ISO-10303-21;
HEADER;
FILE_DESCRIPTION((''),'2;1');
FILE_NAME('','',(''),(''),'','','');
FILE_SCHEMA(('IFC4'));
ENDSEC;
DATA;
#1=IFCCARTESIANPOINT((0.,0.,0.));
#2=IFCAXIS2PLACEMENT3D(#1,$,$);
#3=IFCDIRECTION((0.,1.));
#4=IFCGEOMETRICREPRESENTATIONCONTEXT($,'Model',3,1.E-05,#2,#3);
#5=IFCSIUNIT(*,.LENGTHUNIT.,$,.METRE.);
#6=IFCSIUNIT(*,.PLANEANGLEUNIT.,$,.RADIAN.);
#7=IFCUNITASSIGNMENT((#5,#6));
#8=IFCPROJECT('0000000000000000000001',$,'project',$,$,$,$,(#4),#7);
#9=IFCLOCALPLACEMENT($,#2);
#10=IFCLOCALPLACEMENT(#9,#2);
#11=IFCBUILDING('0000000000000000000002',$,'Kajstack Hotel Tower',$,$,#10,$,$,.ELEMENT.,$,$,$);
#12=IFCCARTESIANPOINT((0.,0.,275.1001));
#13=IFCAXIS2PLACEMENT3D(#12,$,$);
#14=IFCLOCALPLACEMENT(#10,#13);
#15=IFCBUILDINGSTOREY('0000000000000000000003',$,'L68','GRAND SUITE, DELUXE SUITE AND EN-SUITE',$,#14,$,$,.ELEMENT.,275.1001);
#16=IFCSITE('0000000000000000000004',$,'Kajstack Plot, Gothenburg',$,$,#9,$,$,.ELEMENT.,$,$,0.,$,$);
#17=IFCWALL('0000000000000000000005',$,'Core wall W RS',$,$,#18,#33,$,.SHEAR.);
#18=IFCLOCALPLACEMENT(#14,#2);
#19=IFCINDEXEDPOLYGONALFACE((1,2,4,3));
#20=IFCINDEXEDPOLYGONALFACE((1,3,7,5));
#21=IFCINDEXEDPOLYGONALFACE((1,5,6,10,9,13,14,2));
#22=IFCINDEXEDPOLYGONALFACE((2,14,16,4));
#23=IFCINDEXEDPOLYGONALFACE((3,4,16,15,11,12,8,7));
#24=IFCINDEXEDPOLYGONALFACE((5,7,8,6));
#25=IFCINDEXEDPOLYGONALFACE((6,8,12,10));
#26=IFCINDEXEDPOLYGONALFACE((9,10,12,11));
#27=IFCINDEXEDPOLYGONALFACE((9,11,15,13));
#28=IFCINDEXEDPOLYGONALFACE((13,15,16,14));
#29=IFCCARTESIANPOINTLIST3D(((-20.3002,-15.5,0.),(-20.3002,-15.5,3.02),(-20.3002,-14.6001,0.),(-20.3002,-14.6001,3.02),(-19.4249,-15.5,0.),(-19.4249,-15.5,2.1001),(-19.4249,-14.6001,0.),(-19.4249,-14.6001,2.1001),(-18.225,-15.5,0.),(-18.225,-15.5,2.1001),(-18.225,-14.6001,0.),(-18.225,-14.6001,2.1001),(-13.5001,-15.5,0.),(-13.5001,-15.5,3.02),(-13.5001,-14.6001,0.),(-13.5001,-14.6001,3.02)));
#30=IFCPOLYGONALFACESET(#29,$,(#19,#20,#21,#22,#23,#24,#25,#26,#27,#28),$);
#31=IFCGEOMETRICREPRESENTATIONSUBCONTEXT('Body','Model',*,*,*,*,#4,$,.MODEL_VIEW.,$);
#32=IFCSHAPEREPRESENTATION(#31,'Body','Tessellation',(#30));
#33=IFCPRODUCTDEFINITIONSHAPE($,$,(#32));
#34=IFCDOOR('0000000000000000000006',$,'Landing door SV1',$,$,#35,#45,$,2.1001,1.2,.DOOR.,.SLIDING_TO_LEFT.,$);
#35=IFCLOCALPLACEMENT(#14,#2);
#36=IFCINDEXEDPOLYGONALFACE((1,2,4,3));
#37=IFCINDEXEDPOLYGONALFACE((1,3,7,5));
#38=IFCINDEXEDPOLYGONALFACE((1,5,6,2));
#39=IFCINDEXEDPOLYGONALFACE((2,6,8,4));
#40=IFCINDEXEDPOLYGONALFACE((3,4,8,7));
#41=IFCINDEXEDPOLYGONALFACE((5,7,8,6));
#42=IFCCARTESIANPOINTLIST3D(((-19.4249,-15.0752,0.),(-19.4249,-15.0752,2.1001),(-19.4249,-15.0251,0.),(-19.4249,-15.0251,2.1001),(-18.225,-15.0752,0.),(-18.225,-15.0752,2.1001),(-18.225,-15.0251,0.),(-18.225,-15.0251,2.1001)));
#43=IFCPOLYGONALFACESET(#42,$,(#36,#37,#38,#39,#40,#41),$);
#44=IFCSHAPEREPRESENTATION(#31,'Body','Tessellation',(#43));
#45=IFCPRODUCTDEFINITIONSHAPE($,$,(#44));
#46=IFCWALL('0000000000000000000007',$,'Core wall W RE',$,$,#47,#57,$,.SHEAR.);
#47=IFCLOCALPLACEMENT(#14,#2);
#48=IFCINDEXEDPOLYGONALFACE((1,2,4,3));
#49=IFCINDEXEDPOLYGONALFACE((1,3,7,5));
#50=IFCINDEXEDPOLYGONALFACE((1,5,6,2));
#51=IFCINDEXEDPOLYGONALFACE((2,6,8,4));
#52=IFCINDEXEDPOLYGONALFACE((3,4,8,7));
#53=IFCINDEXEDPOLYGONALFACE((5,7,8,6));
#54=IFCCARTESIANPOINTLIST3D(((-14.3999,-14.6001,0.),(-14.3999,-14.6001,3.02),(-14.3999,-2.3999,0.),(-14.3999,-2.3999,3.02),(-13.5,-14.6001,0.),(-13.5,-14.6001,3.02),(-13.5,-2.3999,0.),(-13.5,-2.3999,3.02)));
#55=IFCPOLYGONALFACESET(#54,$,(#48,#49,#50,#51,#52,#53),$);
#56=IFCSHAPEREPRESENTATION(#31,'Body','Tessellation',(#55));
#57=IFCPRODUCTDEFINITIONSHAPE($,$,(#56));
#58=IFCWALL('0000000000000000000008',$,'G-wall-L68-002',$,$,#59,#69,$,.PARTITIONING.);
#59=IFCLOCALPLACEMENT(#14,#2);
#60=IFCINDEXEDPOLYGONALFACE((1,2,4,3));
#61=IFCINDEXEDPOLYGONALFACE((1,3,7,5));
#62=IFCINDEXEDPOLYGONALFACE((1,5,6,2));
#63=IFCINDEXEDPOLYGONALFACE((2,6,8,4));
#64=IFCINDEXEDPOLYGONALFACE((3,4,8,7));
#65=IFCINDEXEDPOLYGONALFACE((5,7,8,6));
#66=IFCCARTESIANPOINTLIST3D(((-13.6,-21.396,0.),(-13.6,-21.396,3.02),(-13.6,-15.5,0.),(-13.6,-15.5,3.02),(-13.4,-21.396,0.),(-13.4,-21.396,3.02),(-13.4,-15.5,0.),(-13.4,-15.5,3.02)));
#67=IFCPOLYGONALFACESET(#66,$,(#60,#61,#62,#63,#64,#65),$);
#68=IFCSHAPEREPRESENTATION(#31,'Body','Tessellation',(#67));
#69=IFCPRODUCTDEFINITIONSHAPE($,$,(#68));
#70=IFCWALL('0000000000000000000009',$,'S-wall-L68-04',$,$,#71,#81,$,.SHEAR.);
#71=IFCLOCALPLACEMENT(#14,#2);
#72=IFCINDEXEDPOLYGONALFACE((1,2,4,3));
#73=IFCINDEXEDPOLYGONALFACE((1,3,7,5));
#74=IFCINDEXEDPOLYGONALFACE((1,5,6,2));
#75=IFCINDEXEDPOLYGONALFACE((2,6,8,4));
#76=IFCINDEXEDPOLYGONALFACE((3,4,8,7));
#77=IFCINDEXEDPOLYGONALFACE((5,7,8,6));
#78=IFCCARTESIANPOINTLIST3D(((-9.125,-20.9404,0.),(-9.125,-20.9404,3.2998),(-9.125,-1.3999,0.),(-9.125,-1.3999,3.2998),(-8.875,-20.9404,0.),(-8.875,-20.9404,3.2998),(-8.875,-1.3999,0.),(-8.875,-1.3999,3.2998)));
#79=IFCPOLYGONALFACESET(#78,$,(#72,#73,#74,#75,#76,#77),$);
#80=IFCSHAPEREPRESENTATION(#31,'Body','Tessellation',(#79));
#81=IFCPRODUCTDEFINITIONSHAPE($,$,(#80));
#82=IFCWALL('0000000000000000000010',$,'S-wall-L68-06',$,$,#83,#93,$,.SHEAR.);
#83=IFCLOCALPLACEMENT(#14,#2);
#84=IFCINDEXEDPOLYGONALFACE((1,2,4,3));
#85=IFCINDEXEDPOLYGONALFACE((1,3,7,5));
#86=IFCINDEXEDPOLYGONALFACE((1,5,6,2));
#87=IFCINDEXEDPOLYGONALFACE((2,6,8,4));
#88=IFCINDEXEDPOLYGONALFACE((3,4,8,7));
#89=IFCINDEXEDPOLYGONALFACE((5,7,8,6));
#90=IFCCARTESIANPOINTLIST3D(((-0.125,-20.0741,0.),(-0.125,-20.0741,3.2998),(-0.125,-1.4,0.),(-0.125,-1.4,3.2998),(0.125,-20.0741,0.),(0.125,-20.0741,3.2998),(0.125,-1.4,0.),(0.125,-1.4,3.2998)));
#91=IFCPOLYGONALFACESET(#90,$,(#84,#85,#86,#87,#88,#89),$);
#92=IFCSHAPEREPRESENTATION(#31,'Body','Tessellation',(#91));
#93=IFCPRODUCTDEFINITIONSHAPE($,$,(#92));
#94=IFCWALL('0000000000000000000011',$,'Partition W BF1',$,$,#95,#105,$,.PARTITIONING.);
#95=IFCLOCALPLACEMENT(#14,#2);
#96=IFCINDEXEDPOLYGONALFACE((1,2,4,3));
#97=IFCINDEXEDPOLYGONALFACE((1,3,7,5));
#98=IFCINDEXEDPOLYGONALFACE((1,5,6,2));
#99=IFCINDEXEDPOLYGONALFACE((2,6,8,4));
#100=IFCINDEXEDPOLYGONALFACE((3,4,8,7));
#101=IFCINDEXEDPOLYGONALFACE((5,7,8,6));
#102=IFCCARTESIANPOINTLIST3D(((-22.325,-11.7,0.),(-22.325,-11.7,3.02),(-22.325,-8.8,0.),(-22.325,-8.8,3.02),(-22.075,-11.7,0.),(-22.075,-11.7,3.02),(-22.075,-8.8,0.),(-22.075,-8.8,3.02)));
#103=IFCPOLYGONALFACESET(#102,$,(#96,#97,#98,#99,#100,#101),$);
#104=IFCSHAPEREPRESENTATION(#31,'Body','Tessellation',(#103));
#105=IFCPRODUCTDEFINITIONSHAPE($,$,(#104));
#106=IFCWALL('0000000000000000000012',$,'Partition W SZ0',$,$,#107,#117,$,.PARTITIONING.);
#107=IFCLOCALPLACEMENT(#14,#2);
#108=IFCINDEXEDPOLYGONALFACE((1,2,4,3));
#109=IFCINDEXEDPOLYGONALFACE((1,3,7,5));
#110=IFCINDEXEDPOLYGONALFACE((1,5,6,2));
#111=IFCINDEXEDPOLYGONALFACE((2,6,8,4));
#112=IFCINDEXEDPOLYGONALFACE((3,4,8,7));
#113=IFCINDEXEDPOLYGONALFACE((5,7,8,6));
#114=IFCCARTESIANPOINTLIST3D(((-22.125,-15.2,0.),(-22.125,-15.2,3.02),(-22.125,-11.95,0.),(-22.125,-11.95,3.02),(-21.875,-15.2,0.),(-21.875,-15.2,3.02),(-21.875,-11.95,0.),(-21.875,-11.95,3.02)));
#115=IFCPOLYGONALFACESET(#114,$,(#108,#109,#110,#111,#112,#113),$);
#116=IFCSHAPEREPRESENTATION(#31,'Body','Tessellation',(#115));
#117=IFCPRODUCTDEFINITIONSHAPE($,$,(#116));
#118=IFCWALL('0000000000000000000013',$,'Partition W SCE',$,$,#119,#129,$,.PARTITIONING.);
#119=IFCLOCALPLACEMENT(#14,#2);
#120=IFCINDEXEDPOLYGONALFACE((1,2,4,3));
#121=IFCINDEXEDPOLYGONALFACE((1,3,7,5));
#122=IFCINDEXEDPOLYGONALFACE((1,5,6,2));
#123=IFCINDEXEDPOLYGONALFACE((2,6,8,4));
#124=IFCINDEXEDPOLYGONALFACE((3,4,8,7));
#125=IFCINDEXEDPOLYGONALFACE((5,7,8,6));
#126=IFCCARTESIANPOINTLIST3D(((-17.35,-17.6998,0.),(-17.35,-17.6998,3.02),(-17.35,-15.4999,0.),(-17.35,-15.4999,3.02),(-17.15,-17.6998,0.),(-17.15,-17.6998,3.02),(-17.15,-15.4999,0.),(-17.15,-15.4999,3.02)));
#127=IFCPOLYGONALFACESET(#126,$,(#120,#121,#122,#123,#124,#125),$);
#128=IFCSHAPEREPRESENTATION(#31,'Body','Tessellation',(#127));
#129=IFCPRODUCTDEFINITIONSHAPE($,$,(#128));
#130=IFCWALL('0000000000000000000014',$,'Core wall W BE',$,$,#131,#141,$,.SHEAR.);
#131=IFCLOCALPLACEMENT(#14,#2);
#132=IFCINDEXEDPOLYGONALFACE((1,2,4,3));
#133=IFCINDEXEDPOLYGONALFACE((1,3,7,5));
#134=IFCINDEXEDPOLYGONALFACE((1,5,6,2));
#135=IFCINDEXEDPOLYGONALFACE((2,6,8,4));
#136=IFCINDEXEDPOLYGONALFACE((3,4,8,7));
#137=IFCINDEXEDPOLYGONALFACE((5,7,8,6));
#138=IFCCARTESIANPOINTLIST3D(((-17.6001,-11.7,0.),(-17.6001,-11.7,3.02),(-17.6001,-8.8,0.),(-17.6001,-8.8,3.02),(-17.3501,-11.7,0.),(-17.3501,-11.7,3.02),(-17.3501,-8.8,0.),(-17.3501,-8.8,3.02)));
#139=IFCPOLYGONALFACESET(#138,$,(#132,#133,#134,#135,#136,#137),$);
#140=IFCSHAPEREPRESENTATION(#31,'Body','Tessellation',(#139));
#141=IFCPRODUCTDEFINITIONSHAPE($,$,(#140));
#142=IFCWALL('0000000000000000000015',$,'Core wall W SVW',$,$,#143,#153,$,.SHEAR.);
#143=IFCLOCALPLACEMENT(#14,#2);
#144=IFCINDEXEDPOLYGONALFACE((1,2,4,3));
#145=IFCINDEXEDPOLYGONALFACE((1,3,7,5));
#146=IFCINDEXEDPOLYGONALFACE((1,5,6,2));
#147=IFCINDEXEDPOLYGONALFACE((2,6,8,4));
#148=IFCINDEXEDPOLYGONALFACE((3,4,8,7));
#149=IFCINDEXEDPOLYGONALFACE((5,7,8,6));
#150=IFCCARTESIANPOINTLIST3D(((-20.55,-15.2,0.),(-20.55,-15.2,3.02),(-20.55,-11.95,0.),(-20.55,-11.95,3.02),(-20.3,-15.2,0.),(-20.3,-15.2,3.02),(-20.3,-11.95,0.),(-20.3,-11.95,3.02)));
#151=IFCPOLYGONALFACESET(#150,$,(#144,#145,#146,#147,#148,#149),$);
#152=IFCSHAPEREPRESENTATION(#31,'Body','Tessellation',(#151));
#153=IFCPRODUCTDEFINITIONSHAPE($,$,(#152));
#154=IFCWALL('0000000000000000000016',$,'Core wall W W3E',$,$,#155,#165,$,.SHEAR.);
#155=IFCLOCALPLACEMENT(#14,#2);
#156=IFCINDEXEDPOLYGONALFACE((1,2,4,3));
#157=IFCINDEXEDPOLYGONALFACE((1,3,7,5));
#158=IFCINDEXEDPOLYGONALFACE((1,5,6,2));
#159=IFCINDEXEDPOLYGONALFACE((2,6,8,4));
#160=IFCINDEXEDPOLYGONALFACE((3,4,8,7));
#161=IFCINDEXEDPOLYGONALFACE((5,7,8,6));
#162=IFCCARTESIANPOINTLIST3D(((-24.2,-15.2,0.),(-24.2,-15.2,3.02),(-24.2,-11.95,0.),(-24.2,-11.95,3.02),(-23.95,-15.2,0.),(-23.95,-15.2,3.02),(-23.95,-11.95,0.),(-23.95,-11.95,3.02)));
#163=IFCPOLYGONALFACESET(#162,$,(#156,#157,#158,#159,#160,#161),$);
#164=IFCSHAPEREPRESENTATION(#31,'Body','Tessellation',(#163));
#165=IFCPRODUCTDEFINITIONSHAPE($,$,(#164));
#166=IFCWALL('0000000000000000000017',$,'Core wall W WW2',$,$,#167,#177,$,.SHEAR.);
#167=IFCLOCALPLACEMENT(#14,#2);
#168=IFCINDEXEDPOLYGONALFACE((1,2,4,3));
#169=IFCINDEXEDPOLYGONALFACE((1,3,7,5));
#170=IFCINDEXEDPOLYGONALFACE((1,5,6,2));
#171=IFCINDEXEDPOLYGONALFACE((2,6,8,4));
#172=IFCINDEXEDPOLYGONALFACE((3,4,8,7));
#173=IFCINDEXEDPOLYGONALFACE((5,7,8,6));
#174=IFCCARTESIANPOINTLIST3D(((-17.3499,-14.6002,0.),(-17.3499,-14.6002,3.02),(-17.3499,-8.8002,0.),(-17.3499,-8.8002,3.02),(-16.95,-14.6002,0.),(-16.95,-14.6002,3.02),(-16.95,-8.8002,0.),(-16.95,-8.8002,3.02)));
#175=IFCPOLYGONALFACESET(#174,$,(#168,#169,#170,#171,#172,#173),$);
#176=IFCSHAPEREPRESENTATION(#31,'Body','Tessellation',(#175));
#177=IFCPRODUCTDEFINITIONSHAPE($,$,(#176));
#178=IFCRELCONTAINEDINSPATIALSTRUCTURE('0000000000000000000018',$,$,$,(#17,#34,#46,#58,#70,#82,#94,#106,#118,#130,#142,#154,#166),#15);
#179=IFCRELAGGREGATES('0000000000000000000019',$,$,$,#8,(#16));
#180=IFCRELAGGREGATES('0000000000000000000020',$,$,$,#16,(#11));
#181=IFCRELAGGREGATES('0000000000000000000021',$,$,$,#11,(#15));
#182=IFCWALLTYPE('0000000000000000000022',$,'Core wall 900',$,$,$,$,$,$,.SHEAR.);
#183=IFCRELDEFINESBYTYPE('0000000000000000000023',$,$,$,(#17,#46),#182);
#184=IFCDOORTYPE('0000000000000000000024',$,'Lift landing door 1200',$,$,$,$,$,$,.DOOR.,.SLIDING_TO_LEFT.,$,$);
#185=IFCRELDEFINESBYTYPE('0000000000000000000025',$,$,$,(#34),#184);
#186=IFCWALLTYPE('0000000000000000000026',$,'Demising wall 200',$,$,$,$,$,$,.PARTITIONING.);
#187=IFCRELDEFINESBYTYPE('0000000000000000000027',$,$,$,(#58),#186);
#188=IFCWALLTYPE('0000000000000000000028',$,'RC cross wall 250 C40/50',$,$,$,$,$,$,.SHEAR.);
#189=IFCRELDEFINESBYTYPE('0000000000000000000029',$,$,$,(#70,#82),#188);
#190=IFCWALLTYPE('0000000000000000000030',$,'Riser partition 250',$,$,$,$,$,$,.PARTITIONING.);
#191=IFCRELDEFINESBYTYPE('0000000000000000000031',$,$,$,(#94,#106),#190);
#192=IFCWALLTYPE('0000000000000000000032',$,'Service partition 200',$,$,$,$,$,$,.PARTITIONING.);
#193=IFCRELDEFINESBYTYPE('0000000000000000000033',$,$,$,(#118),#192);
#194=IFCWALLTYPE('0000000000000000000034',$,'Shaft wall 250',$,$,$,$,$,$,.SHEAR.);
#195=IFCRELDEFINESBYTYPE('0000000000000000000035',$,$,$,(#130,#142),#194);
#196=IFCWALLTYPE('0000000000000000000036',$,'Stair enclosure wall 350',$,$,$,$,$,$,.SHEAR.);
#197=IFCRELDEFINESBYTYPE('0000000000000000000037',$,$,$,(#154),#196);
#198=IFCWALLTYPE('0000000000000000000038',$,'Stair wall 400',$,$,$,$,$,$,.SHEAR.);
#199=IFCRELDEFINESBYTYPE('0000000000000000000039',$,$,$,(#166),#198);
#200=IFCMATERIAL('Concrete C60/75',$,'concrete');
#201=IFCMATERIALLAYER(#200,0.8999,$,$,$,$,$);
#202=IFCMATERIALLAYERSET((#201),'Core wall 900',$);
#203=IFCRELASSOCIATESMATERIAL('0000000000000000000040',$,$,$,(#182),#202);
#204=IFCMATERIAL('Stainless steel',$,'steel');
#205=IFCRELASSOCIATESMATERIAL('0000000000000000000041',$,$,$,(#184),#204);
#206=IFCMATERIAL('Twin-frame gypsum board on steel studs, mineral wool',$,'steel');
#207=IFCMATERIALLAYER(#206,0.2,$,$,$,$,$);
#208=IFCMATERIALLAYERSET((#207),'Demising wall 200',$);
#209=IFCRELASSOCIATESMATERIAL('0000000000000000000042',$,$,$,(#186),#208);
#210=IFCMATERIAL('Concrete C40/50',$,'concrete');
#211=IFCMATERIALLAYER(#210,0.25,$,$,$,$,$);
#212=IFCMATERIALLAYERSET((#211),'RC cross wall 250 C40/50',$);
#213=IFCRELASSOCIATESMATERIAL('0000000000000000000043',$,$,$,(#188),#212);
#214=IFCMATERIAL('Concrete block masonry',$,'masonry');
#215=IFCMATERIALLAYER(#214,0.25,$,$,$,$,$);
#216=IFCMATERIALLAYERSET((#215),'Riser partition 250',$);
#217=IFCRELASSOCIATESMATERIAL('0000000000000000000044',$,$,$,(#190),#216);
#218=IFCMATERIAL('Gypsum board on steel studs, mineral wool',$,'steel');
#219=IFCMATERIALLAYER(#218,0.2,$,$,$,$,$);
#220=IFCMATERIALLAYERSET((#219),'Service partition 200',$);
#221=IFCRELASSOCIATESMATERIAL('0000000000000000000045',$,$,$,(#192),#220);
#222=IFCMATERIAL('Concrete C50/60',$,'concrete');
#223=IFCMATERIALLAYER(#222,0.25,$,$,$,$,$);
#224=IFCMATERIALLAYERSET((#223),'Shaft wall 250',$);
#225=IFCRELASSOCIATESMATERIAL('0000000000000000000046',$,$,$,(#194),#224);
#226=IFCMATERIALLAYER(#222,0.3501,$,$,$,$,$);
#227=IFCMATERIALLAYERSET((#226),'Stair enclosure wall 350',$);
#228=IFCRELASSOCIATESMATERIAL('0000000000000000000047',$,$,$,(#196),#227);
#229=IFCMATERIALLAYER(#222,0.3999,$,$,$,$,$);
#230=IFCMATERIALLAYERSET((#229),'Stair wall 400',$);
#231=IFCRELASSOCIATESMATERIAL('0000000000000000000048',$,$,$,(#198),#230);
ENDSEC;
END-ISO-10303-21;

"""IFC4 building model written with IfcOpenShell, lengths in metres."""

from ifc_helpers import new_model, si_unit, direction, frame, frame_2d, origin, place, context, subcontext, project, spatial, rectangle, extrude, material, layer, layer_set, type_object, element, fill, save


model = new_model("IFC4")

# Units and contexts
model_context = context("Model", 3, precision=1e-05, world=origin(), true_north=direction((0.0, 1.0)))
body_context = subcontext(model_context, "Body", "Model", "MODEL_VIEW")
ifc_project = project(units=[si_unit("LENGTHUNIT", "METRE"), si_unit("PLANEANGLEUNIT", "RADIAN")], contexts=[model_context])

# Site, building, storey
site_placement = place(None, origin())
site = spatial("IfcSite", under=ifc_project, at=site_placement, Name="Kajstack Plot, Gothenburg", CompositionType="ELEMENT", RefElevation=0.0)
building_placement = place(site_placement, origin())
building = spatial("IfcBuilding", under=site, at=building_placement, Name="Kajstack Hotel Tower", CompositionType="ELEMENT")
storey_placement = place(building_placement, frame((0.0, 0.0, 275.1001)))
storey = spatial("IfcBuildingStorey", under=building, at=storey_placement, Name="L68", Description="GRAND SUITE, DELUXE SUITE AND EN-SUITE", CompositionType="ELEMENT", Elevation=275.1001)

# Wall, opening, door
ifc_material_1 = material(Name="Concrete C60/75", Category="concrete")
ifc_layer_1 = layer(ifc_material_1, 0.8999)
ifc_layer_set_1 = layer_set([ifc_layer_1], Name="Core wall 900")
wall_type_1 = type_object("IfcWallType", Name="Core wall 900", PredefinedType="SHEAR", material=ifc_layer_set_1)
wall_1_placement = place(storey_placement, frame((-20.3, -15.05, 0.0), z_axis=(0.0, 0.0, 1.0), x_axis=(1.0, 0.0, 0.0)))
wall_1 = element("IfcWall", 1, at=wall_1_placement, inside=storey, type_object=wall_type_1, Name="Core wall W RS", PredefinedType="SHEAR", context=body_context, shape_type="SweptSolid", body=[
    extrude(rectangle(XDim=6.8, YDim=0.8999, at=frame_2d((3.3999, 0.0))), origin(), (0.0, 0.0, 1.0), 3.02),
])
opening_1_placement = place(wall_1_placement, frame((0.875, 0.0, 0.0)))
opening_1 = element("IfcOpeningElement", 2, at=opening_1_placement, cuts=wall_1, PredefinedType="OPENING", context=body_context, shape_type="SweptSolid", body=[
    extrude(rectangle(XDim=1.2, YDim=2.1001, at=frame_2d((0.6001, 1.05))), frame((0.0, 0.46, 0.0), z_axis=(0.0, -1.0, 0.0), x_axis=(1.0, 0.0, 0.0)), (0.0, 0.0, 1.0), 0.9199),
])
ifc_material_2 = material(Name="Stainless steel", Category="steel")
door_type = type_object("IfcDoorType", Name="Lift landing door 1200", OperationType="SLIDING_TO_LEFT", PredefinedType="DOOR", material=ifc_material_2)
door_placement = place(opening_1_placement, origin())
door = element("IfcDoor", 3, at=door_placement, inside=storey, type_object=door_type, Name="Landing door SV1", OperationType="SLIDING_TO_LEFT", OverallHeight=2.1001, OverallWidth=1.2, PredefinedType="DOOR", context=body_context, shape_type="SweptSolid", body=[
    extrude(rectangle(XDim=1.2, YDim=2.1001, at=frame_2d((0.6001, 1.05))), frame((0.0, 0.0249, 0.0), z_axis=(0.0, -1.0, 0.0), x_axis=(1.0, 0.0, 0.0)), (0.0, 0.0, 1.0), 0.05),
])
fill(opening_1, door)

# Walls
wall_2_placement = place(storey_placement, frame((-13.95, -14.6001, 0.0), z_axis=(0.0, 0.0, 1.0), x_axis=(0.0, 1.0, 0.0)))
element("IfcWall", 4, at=wall_2_placement, inside=storey, type_object=wall_type_1, Name="Core wall W RE", PredefinedType="SHEAR", context=body_context, shape_type="SweptSolid", body=[
    extrude(rectangle(XDim=12.2002, YDim=0.8999, at=frame_2d((6.1001, 0.0))), origin(), (0.0, 0.0, 1.0), 3.02),
])
ifc_material_3 = material(Name="Twin-frame gypsum board on steel studs, mineral wool", Category="steel")
ifc_layer_2 = layer(ifc_material_3, 0.2)
ifc_layer_set_2 = layer_set([ifc_layer_2], Name="Demising wall 200")
wall_type_2 = type_object("IfcWallType", Name="Demising wall 200", PredefinedType="PARTITIONING", material=ifc_layer_set_2)
wall_3_placement = place(storey_placement, frame((-13.5, -21.396, 0.0), z_axis=(0.0, 0.0, 1.0), x_axis=(0.0, 1.0, 0.0)))
element("IfcWall", 5, at=wall_3_placement, inside=storey, type_object=wall_type_2, Name="G-wall-L68-002", PredefinedType="PARTITIONING", context=body_context, shape_type="SweptSolid", body=[
    extrude(rectangle(XDim=5.896, YDim=0.2, at=frame_2d((2.948, 0.0))), origin(), (0.0, 0.0, 1.0), 3.02),
])

# Walls
ifc_material_4 = material(Name="Concrete C40/50", Category="concrete")
ifc_layer_3 = layer(ifc_material_4, 0.25)
ifc_layer_set_3 = layer_set([ifc_layer_3], Name="RC cross wall 250 C40/50")
wall_type_3 = type_object("IfcWallType", Name="RC cross wall 250 C40/50", PredefinedType="SHEAR", material=ifc_layer_set_3)
wall_4_placement = place(storey_placement, frame((-9.0, -20.9404, 0.0), z_axis=(0.0, 0.0, 1.0), x_axis=(0.0, 1.0, 0.0)))
element("IfcWall", 6, at=wall_4_placement, inside=storey, type_object=wall_type_3, Name="S-wall-L68-04", PredefinedType="SHEAR", context=body_context, shape_type="SweptSolid", body=[
    extrude(rectangle(XDim=19.5405, YDim=0.25, at=frame_2d((9.7703, 0.0))), origin(), (0.0, 0.0, 1.0), 3.2998),
])
wall_5_placement = place(storey_placement, frame((0.0, -20.074, 0.0), z_axis=(0.0, 0.0, 1.0), x_axis=(0.0, 1.0, 0.0)))
element("IfcWall", 7, at=wall_5_placement, inside=storey, type_object=wall_type_3, Name="S-wall-L68-06", PredefinedType="SHEAR", context=body_context, shape_type="SweptSolid", body=[
    extrude(rectangle(XDim=18.6741, YDim=0.25, at=frame_2d((9.3369, 0.0))), origin(), (0.0, 0.0, 1.0), 3.2998),
])
ifc_material_5 = material(Name="Concrete block masonry", Category="masonry")
ifc_layer_4 = layer(ifc_material_5, 0.25)
ifc_layer_set_4 = layer_set([ifc_layer_4], Name="Riser partition 250")
wall_type_4 = type_object("IfcWallType", Name="Riser partition 250", PredefinedType="PARTITIONING", material=ifc_layer_set_4)
wall_6_placement = place(storey_placement, frame((-22.2, -11.7, 0.0), z_axis=(0.0, 0.0, 1.0), x_axis=(0.0, 1.0, 0.0)))
element("IfcWall", 8, at=wall_6_placement, inside=storey, type_object=wall_type_4, Name="Partition W BF1", PredefinedType="PARTITIONING", context=body_context, shape_type="SweptSolid", body=[
    extrude(rectangle(XDim=2.8999, YDim=0.25, at=frame_2d((1.45, 0.0))), origin(), (0.0, 0.0, 1.0), 3.02),
])
wall_7_placement = place(storey_placement, frame((-22.0, -15.2, 0.0), z_axis=(0.0, 0.0, 1.0), x_axis=(0.0, 1.0, 0.0)))
element("IfcWall", 9, at=wall_7_placement, inside=storey, type_object=wall_type_4, Name="Partition W SZ0", PredefinedType="PARTITIONING", context=body_context, shape_type="SweptSolid", body=[
    extrude(rectangle(XDim=3.25, YDim=0.25, at=frame_2d((1.625, 0.0))), origin(), (0.0, 0.0, 1.0), 3.02),
])
ifc_material_6 = material(Name="Gypsum board on steel studs, mineral wool", Category="steel")
ifc_layer_5 = layer(ifc_material_6, 0.2)
ifc_layer_set_5 = layer_set([ifc_layer_5], Name="Service partition 200")
wall_type_5 = type_object("IfcWallType", Name="Service partition 200", PredefinedType="PARTITIONING", material=ifc_layer_set_5)
wall_8_placement = place(storey_placement, frame((-17.25, -17.7, 0.0), z_axis=(0.0, 0.0, 1.0), x_axis=(0.0, 1.0, 0.0)))
element("IfcWall", 10, at=wall_8_placement, inside=storey, type_object=wall_type_5, Name="Partition W SCE", PredefinedType="PARTITIONING", context=body_context, shape_type="SweptSolid", body=[
    extrude(rectangle(XDim=2.2, YDim=0.2, at=frame_2d((1.1001, 0.0))), origin(), (0.0, 0.0, 1.0), 3.02),
])
ifc_material_7 = material(Name="Concrete C50/60", Category="concrete")
ifc_layer_6 = layer(ifc_material_7, 0.25)
ifc_layer_set_6 = layer_set([ifc_layer_6], Name="Shaft wall 250")
wall_type_6 = type_object("IfcWallType", Name="Shaft wall 250", PredefinedType="SHEAR", material=ifc_layer_set_6)
wall_9_placement = place(storey_placement, frame((-17.4751, -11.7, 0.0), z_axis=(0.0, 0.0, 1.0), x_axis=(0.0, 1.0, 0.0)))
element("IfcWall", 11, at=wall_9_placement, inside=storey, type_object=wall_type_6, Name="Core wall W BE", PredefinedType="SHEAR", context=body_context, shape_type="SweptSolid", body=[
    extrude(rectangle(XDim=2.8999, YDim=0.25, at=frame_2d((1.45, 0.0))), origin(), (0.0, 0.0, 1.0), 3.02),
])
wall_10_placement = place(storey_placement, frame((-20.425, -15.2, 0.0), z_axis=(0.0, 0.0, 1.0), x_axis=(0.0, 1.0, 0.0)))
element("IfcWall", 12, at=wall_10_placement, inside=storey, type_object=wall_type_6, Name="Core wall W SVW", PredefinedType="SHEAR", context=body_context, shape_type="SweptSolid", body=[
    extrude(rectangle(XDim=3.25, YDim=0.25, at=frame_2d((1.625, 0.0))), origin(), (0.0, 0.0, 1.0), 3.02),
])
ifc_layer_7 = layer(ifc_material_7, 0.3501)
ifc_layer_set_7 = layer_set([ifc_layer_7], Name="Stair enclosure wall 350")
wall_type_7 = type_object("IfcWallType", Name="Stair enclosure wall 350", PredefinedType="SHEAR", material=ifc_layer_set_7)
wall_11_placement = place(storey_placement, frame((-24.075, -15.2, 0.0), z_axis=(0.0, 0.0, 1.0), x_axis=(0.0, 1.0, 0.0)))
element("IfcWall", 13, at=wall_11_placement, inside=storey, type_object=wall_type_7, Name="Core wall W W3E", PredefinedType="SHEAR", context=body_context, shape_type="SweptSolid", body=[
    extrude(rectangle(XDim=3.25, YDim=0.25, at=frame_2d((1.625, 0.0))), origin(), (0.0, 0.0, 1.0), 3.02),
])
ifc_layer_8 = layer(ifc_material_7, 0.3999)
ifc_layer_set_8 = layer_set([ifc_layer_8], Name="Stair wall 400")
wall_type_8 = type_object("IfcWallType", Name="Stair wall 400", PredefinedType="SHEAR", material=ifc_layer_set_8)
wall_12_placement = place(storey_placement, frame((-17.1499, -14.6001, 0.0), z_axis=(0.0, 0.0, 1.0), x_axis=(0.0, 1.0, 0.0)))
element("IfcWall", 14, at=wall_12_placement, inside=storey, type_object=wall_type_8, Name="Core wall W WW2", PredefinedType="SHEAR", context=body_context, shape_type="SweptSolid", body=[
    extrude(rectangle(XDim=5.8, YDim=0.3999, at=frame_2d((2.8999, 0.0))), origin(), (0.0, 0.0, 1.0), 3.02),
])

save(model, "model.ifc")
